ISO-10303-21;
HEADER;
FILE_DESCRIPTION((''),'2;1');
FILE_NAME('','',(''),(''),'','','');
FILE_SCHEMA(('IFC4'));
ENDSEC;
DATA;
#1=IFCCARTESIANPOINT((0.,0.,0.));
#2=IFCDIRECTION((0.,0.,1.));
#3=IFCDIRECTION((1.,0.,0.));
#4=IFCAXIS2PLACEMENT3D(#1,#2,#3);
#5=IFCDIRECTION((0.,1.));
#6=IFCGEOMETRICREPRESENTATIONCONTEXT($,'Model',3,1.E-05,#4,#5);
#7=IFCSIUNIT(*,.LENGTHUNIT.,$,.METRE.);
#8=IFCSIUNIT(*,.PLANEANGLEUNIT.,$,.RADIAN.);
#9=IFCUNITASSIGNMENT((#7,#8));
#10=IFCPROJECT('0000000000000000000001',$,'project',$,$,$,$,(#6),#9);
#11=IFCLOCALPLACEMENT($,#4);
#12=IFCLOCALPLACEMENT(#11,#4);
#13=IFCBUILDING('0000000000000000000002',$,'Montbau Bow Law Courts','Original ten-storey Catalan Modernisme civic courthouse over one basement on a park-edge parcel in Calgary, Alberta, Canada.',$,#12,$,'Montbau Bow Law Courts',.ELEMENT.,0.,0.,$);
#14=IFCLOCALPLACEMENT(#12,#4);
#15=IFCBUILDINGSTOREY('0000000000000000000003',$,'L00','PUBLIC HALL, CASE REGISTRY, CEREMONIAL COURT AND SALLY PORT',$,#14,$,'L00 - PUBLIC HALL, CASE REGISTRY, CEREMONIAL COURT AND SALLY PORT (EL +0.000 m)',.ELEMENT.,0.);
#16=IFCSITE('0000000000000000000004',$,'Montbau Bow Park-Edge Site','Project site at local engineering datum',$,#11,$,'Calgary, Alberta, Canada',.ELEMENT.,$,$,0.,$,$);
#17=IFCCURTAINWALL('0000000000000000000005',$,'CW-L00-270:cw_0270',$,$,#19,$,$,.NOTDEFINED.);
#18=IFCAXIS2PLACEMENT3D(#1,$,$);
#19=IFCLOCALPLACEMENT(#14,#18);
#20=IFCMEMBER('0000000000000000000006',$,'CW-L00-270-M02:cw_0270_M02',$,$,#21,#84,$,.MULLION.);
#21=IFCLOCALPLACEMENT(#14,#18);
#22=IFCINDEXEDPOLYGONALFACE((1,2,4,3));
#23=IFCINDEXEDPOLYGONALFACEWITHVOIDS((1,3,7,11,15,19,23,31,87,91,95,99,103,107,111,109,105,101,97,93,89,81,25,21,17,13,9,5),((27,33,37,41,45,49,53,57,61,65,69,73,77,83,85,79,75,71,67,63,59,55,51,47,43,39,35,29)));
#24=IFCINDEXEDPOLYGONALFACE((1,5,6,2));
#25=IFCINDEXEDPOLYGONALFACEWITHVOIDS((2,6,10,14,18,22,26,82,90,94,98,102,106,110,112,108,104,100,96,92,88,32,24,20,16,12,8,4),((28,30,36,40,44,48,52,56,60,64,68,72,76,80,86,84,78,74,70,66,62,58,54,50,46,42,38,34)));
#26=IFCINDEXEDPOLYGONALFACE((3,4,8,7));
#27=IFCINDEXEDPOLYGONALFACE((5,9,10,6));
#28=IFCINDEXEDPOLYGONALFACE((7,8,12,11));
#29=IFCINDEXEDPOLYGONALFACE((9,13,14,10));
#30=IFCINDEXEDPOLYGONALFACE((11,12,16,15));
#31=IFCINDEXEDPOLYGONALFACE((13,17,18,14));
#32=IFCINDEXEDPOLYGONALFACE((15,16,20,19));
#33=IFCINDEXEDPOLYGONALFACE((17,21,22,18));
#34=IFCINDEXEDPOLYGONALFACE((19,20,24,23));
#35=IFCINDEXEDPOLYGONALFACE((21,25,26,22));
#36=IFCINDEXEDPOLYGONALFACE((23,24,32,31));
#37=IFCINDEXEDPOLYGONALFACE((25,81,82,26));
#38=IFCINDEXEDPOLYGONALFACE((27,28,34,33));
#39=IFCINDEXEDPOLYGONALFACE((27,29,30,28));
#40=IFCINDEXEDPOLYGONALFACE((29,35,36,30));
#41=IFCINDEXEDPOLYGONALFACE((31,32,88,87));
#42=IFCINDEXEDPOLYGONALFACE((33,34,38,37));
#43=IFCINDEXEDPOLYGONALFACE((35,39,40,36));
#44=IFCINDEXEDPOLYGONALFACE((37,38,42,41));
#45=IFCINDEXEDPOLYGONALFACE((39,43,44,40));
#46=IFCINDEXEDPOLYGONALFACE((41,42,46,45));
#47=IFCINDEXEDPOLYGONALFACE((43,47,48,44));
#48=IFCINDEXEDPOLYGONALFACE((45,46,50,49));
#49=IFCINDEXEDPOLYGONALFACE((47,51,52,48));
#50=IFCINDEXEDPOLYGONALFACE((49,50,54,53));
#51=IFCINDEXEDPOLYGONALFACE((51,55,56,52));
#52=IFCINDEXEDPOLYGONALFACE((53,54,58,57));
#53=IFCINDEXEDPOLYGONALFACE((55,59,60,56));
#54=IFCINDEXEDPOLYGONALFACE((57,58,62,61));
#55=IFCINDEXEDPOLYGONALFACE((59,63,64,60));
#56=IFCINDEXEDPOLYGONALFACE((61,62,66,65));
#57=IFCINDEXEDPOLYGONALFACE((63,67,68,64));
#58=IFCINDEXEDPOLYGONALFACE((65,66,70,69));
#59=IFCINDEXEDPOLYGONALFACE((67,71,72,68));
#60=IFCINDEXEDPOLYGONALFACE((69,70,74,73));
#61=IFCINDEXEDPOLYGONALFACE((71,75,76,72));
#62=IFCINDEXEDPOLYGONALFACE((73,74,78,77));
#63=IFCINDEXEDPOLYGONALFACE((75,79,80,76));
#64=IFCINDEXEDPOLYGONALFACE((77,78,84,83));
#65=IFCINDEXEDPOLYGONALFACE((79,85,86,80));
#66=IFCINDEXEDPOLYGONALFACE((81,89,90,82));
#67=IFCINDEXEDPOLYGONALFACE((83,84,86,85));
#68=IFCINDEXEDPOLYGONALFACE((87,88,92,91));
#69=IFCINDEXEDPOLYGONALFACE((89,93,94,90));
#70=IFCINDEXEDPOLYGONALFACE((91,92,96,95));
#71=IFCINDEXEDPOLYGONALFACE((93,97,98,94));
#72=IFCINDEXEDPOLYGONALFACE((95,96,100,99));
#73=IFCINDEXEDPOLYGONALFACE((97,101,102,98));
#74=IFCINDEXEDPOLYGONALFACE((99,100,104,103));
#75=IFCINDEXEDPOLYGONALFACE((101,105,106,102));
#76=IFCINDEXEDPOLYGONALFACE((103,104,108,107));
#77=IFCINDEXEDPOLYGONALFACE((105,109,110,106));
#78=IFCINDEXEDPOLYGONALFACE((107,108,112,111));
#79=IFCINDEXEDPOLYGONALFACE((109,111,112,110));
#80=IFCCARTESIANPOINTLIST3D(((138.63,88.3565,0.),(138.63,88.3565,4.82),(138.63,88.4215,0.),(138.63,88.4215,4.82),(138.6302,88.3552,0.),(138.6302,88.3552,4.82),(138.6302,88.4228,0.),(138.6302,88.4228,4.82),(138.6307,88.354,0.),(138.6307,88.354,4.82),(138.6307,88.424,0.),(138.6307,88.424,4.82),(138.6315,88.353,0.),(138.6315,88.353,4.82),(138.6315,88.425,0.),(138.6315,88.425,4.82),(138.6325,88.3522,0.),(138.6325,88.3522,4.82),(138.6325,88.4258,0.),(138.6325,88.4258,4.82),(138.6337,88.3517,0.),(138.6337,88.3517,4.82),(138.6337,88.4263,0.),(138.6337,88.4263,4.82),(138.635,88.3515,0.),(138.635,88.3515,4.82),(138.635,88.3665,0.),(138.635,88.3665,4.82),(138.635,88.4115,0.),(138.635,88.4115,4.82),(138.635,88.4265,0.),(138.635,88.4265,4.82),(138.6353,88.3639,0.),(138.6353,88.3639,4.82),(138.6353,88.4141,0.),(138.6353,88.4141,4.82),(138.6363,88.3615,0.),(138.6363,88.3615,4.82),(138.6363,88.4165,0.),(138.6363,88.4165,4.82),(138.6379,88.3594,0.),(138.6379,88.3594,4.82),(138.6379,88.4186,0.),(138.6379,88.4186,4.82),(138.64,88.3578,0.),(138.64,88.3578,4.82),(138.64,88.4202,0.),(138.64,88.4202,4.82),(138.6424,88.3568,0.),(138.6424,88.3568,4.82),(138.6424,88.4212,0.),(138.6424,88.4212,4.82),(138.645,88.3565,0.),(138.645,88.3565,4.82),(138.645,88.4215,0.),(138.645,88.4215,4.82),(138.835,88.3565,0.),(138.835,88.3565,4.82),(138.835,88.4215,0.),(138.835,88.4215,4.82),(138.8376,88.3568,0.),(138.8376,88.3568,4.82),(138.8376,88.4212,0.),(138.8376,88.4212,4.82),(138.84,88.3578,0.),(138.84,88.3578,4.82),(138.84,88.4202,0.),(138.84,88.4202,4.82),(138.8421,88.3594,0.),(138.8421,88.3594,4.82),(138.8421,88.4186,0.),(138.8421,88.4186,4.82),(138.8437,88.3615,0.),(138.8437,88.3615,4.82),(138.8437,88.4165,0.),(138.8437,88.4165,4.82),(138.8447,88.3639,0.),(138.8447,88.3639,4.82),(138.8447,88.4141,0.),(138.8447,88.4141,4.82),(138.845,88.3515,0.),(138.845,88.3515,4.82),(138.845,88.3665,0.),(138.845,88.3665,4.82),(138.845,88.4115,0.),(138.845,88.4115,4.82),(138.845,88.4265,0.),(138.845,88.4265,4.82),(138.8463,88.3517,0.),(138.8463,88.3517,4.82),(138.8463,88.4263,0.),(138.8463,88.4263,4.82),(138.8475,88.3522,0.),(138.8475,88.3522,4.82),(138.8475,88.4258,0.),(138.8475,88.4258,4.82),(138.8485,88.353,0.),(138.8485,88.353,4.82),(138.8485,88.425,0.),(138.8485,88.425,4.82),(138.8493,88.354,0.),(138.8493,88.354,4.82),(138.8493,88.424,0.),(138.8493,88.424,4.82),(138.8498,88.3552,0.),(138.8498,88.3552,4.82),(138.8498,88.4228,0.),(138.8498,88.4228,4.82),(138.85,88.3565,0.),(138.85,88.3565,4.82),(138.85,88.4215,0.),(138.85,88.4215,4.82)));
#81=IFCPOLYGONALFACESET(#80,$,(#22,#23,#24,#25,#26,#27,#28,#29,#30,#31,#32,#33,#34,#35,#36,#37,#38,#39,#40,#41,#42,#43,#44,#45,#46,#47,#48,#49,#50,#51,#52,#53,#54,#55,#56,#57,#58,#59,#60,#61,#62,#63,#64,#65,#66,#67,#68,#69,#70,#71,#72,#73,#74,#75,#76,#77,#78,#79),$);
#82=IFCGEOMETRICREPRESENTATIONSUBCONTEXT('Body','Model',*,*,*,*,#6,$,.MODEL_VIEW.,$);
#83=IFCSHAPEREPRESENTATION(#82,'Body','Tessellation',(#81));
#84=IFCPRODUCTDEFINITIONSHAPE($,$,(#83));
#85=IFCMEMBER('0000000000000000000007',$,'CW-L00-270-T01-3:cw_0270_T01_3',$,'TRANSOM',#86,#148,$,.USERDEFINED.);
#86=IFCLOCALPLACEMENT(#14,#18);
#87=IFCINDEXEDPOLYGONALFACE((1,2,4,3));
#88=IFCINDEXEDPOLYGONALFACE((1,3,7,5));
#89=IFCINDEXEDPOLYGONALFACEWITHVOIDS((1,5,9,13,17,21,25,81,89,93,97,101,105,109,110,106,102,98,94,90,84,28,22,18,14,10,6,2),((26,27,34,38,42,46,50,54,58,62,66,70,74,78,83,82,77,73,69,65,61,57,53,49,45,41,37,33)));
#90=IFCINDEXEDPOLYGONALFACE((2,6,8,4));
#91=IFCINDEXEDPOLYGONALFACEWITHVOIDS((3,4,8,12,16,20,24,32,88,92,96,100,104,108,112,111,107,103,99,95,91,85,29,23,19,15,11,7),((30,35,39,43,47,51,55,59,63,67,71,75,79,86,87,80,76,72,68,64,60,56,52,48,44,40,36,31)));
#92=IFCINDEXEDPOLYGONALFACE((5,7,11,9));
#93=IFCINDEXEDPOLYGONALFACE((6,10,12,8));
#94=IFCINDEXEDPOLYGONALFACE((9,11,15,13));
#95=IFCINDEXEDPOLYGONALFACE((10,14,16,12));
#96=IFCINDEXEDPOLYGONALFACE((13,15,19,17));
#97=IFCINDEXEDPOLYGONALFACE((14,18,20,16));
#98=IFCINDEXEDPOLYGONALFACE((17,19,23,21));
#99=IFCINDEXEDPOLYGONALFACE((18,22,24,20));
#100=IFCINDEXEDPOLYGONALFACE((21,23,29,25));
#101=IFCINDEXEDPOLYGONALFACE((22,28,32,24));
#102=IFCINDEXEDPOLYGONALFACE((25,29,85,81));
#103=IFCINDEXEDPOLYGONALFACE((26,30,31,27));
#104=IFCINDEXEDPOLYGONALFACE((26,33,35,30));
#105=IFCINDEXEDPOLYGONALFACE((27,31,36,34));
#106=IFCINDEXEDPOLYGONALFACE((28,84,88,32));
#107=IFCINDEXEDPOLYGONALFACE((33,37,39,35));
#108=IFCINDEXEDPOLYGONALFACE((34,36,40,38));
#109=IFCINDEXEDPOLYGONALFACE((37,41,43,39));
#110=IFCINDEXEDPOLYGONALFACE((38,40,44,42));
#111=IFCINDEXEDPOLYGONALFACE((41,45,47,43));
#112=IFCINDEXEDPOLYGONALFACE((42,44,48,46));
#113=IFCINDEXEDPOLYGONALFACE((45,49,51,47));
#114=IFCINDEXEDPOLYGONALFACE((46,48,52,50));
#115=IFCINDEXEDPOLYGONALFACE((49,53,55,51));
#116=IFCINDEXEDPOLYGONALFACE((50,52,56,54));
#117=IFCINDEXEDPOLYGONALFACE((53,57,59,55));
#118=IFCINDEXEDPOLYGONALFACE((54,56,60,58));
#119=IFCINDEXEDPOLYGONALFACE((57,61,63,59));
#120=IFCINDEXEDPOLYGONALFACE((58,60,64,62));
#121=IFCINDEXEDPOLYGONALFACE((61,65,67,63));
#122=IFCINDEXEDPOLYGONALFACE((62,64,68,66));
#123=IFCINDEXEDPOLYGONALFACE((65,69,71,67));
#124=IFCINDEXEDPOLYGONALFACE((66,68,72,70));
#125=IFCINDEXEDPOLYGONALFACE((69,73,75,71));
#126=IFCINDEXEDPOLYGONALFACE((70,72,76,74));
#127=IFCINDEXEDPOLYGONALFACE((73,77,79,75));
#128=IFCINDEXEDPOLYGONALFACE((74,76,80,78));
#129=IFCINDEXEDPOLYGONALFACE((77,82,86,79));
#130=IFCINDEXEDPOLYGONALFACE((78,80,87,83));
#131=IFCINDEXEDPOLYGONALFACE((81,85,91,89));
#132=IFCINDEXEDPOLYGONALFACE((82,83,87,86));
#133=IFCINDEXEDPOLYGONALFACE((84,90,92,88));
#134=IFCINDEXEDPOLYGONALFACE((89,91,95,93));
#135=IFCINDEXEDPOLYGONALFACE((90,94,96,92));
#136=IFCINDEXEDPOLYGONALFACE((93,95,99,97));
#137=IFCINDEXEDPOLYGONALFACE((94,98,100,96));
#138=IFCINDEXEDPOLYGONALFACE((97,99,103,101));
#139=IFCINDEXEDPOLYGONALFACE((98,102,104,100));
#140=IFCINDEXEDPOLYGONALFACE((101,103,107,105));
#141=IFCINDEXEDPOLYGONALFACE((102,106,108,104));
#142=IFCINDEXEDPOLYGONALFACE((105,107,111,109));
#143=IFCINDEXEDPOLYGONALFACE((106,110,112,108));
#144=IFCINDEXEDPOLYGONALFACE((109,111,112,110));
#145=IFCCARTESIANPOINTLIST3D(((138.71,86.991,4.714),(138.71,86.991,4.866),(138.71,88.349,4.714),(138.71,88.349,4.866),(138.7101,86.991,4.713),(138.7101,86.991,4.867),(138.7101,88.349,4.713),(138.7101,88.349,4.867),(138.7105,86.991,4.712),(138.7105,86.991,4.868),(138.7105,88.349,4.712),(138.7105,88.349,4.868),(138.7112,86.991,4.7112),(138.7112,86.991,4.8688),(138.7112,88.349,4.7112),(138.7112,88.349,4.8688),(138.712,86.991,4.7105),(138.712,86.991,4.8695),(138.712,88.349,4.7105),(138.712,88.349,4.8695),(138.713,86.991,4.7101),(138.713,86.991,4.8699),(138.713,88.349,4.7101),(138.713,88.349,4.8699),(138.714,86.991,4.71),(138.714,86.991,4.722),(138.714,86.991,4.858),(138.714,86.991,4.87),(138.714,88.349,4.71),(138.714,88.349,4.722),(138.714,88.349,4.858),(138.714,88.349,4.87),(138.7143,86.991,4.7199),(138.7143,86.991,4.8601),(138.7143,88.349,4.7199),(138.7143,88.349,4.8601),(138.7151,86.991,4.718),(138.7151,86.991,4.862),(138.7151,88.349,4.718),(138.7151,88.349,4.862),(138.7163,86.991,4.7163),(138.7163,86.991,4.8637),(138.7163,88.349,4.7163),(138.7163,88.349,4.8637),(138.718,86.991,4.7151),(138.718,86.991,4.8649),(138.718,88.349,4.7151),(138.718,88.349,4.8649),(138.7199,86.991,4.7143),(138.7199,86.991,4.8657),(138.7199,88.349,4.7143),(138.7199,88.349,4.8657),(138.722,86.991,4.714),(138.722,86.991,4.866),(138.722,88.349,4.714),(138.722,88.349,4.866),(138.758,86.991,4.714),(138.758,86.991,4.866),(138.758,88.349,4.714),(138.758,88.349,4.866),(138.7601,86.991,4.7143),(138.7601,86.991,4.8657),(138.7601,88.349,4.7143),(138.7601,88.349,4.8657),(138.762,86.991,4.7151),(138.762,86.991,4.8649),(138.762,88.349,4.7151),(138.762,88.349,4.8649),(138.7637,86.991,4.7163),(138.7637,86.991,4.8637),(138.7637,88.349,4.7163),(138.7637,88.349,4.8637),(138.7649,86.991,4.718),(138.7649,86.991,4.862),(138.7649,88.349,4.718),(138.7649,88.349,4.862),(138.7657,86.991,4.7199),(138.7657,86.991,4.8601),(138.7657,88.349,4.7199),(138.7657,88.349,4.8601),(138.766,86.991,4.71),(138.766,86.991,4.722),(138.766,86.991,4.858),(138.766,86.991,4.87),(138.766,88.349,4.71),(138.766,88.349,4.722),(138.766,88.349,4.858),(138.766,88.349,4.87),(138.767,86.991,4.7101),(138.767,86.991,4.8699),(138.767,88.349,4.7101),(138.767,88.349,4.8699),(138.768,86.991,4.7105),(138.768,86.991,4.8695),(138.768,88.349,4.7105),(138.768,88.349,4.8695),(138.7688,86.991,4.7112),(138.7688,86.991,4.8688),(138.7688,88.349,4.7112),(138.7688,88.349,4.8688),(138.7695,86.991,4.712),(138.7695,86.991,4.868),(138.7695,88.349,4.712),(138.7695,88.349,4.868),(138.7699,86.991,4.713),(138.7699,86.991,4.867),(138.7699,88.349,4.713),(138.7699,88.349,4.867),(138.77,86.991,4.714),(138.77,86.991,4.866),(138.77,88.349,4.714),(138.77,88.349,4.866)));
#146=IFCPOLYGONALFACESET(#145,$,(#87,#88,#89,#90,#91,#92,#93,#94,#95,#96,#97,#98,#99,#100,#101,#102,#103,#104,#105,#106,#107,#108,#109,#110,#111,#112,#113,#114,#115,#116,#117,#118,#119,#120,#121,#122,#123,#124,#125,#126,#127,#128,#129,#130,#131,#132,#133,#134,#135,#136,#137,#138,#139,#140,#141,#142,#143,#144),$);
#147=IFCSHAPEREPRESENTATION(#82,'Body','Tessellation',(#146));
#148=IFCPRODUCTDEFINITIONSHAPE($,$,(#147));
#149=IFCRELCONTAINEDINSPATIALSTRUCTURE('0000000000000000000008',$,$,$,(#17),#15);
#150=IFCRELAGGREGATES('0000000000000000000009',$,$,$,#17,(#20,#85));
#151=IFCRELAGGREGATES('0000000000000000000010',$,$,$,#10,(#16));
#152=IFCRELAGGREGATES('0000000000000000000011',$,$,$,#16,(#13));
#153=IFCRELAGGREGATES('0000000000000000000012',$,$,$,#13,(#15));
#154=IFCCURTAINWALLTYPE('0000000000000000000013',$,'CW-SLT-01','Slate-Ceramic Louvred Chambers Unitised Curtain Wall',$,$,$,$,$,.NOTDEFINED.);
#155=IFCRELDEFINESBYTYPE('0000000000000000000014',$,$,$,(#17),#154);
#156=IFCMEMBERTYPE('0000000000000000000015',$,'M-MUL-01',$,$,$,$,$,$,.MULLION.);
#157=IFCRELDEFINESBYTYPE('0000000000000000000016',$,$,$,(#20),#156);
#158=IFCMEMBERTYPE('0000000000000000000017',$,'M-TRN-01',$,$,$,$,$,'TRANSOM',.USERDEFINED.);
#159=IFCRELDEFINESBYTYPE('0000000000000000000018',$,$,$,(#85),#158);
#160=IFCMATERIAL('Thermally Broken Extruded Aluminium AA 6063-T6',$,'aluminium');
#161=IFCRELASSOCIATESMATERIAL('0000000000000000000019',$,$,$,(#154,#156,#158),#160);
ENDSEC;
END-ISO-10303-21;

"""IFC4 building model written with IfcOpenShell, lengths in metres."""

from ifc_helpers import new_model, si_unit, direction, frame, origin_with_axes, origin_2d_with_axis, place, context, subcontext, project, spatial, hollow_rectangle, extrude, material, material_profile, profile_set, type_object, element, aggregate, save


model = new_model("IFC4")

# Units and contexts
model_context = context("Model", 3, precision=1e-05, world=origin_with_axes(), true_north=direction((0.0, 1.0)))
body_context = subcontext(model_context, "Body", "Model", "MODEL_VIEW")
ifc_project = project(units=[si_unit("LENGTHUNIT", "METRE"), si_unit("PLANEANGLEUNIT", "RADIAN")], contexts=[model_context])

# Site, building, storey
site_placement = place(None, origin_with_axes())
site = spatial("IfcSite", under=ifc_project, at=site_placement, Name="Montbau Bow Park-Edge Site", Description="Project site at local engineering datum", LongName="Calgary, Alberta, Canada", CompositionType="ELEMENT", RefElevation=0.0)
building_placement = place(site_placement, origin_with_axes())
building = spatial("IfcBuilding", under=site, at=building_placement, Name="Montbau Bow Law Courts", Description="Original ten-storey Catalan Modernisme civic courthouse over one basement on a park-edge parcel in Calgary, Alberta, Canada.", LongName="Montbau Bow Law Courts", CompositionType="ELEMENT", ElevationOfRefHeight=0.0, ElevationOfTerrain=0.0)
storey_placement = place(building_placement, origin_with_axes())
storey = spatial("IfcBuildingStorey", under=building, at=storey_placement, Name="L00", Description="PUBLIC HALL, CASE REGISTRY, CEREMONIAL COURT AND SALLY PORT", LongName="L00 - PUBLIC HALL, CASE REGISTRY, CEREMONIAL COURT AND SALLY PORT (EL +0.000 m)", CompositionType="ELEMENT", Elevation=0.0)

# Curtain wall, members
ifc_material_1 = material(Name="Thermally Broken Extruded Aluminium AA 6063-T6", Category="aluminium")
curtain_wall_type = type_object("IfcCurtainWallType", Name="CW-SLT-01", Description="Slate-Ceramic Louvred Chambers Unitised Curtain Wall", PredefinedType="NOTDEFINED", material=ifc_material_1)
curtain_wall_placement = place(None, frame((138.74, 86.915, 0.0), z_axis=(0.0, 0.0, 1.0), x_axis=(1.0, 0.0, 0.0)))
curtain_wall = element("IfcCurtainWall", 1, at=curtain_wall_placement, inside=storey, type_object=curtain_wall_type, Name="CW-L00-270:cw_0270", PredefinedType="NOTDEFINED")
ifc_material_profile_1 = material_profile(ifc_material_1, hollow_rectangle(XDim=0.075, YDim=0.22, WallThickness=0.005, InnerFilletRadius=0.01, OuterFilletRadius=0.005, at=origin_2d_with_axis()), Name="CWM-220X75", Category="Main", Priority=0)
ifc_profile_set_1 = profile_set([ifc_material_profile_1], Name="Thermally Broken Extruded Aluminium AA 6063-T6")
member_type_1 = type_object("IfcMemberType", Name="M-MUL-01", PredefinedType="MULLION", material=ifc_profile_set_1)
member_1_placement = place(None, frame((138.74, 88.389, 0.0), z_axis=(0.0, 0.0, 1.0), x_axis=(0.0, 1.0, 0.0)))
member_1 = element("IfcMember", 2, at=member_1_placement, type_object=member_type_1, Name="CW-L00-270-M02:cw_0270_M02", PredefinedType="MULLION", context=body_context, shape_type="SweptSolid", body=[
    extrude(hollow_rectangle(XDim=0.075, YDim=0.22, WallThickness=0.005, InnerFilletRadius=0.01, OuterFilletRadius=0.005, at=origin_2d_with_axis()), origin_with_axes(), (0.0, 0.0, 1.0), 4.82),
])
ifc_material_profile_2 = material_profile(ifc_material_1, hollow_rectangle(XDim=0.06, YDim=0.16, WallThickness=0.004, InnerFilletRadius=0.008, OuterFilletRadius=0.004, at=origin_2d_with_axis()), Name="CWT-160X60", Category="Main", Priority=0)
ifc_profile_set_2 = profile_set([ifc_material_profile_2], Name="Thermally Broken Extruded Aluminium AA 6063-T6")
member_type_2 = type_object("IfcMemberType", Name="M-TRN-01", ElementType="TRANSOM", PredefinedType="USERDEFINED", material=ifc_profile_set_2)
member_2_placement = place(None, frame((138.74, 86.991, 4.79), z_axis=(0.0, 1.0, 0.0), x_axis=(-1.0, 0.0, 0.0)))
member_2 = element("IfcMember", 3, at=member_2_placement, type_object=member_type_2, Name="CW-L00-270-T01-3:cw_0270_T01_3", ObjectType="TRANSOM", PredefinedType="USERDEFINED", context=body_context, shape_type="SweptSolid", body=[
    extrude(hollow_rectangle(XDim=0.06, YDim=0.16, WallThickness=0.004, InnerFilletRadius=0.008, OuterFilletRadius=0.004, at=origin_2d_with_axis()), origin_with_axes(), (0.0, 0.0, 1.0), 1.358),
])

aggregate(curtain_wall, [member_1, member_2])

save(model, "model.ifc")
